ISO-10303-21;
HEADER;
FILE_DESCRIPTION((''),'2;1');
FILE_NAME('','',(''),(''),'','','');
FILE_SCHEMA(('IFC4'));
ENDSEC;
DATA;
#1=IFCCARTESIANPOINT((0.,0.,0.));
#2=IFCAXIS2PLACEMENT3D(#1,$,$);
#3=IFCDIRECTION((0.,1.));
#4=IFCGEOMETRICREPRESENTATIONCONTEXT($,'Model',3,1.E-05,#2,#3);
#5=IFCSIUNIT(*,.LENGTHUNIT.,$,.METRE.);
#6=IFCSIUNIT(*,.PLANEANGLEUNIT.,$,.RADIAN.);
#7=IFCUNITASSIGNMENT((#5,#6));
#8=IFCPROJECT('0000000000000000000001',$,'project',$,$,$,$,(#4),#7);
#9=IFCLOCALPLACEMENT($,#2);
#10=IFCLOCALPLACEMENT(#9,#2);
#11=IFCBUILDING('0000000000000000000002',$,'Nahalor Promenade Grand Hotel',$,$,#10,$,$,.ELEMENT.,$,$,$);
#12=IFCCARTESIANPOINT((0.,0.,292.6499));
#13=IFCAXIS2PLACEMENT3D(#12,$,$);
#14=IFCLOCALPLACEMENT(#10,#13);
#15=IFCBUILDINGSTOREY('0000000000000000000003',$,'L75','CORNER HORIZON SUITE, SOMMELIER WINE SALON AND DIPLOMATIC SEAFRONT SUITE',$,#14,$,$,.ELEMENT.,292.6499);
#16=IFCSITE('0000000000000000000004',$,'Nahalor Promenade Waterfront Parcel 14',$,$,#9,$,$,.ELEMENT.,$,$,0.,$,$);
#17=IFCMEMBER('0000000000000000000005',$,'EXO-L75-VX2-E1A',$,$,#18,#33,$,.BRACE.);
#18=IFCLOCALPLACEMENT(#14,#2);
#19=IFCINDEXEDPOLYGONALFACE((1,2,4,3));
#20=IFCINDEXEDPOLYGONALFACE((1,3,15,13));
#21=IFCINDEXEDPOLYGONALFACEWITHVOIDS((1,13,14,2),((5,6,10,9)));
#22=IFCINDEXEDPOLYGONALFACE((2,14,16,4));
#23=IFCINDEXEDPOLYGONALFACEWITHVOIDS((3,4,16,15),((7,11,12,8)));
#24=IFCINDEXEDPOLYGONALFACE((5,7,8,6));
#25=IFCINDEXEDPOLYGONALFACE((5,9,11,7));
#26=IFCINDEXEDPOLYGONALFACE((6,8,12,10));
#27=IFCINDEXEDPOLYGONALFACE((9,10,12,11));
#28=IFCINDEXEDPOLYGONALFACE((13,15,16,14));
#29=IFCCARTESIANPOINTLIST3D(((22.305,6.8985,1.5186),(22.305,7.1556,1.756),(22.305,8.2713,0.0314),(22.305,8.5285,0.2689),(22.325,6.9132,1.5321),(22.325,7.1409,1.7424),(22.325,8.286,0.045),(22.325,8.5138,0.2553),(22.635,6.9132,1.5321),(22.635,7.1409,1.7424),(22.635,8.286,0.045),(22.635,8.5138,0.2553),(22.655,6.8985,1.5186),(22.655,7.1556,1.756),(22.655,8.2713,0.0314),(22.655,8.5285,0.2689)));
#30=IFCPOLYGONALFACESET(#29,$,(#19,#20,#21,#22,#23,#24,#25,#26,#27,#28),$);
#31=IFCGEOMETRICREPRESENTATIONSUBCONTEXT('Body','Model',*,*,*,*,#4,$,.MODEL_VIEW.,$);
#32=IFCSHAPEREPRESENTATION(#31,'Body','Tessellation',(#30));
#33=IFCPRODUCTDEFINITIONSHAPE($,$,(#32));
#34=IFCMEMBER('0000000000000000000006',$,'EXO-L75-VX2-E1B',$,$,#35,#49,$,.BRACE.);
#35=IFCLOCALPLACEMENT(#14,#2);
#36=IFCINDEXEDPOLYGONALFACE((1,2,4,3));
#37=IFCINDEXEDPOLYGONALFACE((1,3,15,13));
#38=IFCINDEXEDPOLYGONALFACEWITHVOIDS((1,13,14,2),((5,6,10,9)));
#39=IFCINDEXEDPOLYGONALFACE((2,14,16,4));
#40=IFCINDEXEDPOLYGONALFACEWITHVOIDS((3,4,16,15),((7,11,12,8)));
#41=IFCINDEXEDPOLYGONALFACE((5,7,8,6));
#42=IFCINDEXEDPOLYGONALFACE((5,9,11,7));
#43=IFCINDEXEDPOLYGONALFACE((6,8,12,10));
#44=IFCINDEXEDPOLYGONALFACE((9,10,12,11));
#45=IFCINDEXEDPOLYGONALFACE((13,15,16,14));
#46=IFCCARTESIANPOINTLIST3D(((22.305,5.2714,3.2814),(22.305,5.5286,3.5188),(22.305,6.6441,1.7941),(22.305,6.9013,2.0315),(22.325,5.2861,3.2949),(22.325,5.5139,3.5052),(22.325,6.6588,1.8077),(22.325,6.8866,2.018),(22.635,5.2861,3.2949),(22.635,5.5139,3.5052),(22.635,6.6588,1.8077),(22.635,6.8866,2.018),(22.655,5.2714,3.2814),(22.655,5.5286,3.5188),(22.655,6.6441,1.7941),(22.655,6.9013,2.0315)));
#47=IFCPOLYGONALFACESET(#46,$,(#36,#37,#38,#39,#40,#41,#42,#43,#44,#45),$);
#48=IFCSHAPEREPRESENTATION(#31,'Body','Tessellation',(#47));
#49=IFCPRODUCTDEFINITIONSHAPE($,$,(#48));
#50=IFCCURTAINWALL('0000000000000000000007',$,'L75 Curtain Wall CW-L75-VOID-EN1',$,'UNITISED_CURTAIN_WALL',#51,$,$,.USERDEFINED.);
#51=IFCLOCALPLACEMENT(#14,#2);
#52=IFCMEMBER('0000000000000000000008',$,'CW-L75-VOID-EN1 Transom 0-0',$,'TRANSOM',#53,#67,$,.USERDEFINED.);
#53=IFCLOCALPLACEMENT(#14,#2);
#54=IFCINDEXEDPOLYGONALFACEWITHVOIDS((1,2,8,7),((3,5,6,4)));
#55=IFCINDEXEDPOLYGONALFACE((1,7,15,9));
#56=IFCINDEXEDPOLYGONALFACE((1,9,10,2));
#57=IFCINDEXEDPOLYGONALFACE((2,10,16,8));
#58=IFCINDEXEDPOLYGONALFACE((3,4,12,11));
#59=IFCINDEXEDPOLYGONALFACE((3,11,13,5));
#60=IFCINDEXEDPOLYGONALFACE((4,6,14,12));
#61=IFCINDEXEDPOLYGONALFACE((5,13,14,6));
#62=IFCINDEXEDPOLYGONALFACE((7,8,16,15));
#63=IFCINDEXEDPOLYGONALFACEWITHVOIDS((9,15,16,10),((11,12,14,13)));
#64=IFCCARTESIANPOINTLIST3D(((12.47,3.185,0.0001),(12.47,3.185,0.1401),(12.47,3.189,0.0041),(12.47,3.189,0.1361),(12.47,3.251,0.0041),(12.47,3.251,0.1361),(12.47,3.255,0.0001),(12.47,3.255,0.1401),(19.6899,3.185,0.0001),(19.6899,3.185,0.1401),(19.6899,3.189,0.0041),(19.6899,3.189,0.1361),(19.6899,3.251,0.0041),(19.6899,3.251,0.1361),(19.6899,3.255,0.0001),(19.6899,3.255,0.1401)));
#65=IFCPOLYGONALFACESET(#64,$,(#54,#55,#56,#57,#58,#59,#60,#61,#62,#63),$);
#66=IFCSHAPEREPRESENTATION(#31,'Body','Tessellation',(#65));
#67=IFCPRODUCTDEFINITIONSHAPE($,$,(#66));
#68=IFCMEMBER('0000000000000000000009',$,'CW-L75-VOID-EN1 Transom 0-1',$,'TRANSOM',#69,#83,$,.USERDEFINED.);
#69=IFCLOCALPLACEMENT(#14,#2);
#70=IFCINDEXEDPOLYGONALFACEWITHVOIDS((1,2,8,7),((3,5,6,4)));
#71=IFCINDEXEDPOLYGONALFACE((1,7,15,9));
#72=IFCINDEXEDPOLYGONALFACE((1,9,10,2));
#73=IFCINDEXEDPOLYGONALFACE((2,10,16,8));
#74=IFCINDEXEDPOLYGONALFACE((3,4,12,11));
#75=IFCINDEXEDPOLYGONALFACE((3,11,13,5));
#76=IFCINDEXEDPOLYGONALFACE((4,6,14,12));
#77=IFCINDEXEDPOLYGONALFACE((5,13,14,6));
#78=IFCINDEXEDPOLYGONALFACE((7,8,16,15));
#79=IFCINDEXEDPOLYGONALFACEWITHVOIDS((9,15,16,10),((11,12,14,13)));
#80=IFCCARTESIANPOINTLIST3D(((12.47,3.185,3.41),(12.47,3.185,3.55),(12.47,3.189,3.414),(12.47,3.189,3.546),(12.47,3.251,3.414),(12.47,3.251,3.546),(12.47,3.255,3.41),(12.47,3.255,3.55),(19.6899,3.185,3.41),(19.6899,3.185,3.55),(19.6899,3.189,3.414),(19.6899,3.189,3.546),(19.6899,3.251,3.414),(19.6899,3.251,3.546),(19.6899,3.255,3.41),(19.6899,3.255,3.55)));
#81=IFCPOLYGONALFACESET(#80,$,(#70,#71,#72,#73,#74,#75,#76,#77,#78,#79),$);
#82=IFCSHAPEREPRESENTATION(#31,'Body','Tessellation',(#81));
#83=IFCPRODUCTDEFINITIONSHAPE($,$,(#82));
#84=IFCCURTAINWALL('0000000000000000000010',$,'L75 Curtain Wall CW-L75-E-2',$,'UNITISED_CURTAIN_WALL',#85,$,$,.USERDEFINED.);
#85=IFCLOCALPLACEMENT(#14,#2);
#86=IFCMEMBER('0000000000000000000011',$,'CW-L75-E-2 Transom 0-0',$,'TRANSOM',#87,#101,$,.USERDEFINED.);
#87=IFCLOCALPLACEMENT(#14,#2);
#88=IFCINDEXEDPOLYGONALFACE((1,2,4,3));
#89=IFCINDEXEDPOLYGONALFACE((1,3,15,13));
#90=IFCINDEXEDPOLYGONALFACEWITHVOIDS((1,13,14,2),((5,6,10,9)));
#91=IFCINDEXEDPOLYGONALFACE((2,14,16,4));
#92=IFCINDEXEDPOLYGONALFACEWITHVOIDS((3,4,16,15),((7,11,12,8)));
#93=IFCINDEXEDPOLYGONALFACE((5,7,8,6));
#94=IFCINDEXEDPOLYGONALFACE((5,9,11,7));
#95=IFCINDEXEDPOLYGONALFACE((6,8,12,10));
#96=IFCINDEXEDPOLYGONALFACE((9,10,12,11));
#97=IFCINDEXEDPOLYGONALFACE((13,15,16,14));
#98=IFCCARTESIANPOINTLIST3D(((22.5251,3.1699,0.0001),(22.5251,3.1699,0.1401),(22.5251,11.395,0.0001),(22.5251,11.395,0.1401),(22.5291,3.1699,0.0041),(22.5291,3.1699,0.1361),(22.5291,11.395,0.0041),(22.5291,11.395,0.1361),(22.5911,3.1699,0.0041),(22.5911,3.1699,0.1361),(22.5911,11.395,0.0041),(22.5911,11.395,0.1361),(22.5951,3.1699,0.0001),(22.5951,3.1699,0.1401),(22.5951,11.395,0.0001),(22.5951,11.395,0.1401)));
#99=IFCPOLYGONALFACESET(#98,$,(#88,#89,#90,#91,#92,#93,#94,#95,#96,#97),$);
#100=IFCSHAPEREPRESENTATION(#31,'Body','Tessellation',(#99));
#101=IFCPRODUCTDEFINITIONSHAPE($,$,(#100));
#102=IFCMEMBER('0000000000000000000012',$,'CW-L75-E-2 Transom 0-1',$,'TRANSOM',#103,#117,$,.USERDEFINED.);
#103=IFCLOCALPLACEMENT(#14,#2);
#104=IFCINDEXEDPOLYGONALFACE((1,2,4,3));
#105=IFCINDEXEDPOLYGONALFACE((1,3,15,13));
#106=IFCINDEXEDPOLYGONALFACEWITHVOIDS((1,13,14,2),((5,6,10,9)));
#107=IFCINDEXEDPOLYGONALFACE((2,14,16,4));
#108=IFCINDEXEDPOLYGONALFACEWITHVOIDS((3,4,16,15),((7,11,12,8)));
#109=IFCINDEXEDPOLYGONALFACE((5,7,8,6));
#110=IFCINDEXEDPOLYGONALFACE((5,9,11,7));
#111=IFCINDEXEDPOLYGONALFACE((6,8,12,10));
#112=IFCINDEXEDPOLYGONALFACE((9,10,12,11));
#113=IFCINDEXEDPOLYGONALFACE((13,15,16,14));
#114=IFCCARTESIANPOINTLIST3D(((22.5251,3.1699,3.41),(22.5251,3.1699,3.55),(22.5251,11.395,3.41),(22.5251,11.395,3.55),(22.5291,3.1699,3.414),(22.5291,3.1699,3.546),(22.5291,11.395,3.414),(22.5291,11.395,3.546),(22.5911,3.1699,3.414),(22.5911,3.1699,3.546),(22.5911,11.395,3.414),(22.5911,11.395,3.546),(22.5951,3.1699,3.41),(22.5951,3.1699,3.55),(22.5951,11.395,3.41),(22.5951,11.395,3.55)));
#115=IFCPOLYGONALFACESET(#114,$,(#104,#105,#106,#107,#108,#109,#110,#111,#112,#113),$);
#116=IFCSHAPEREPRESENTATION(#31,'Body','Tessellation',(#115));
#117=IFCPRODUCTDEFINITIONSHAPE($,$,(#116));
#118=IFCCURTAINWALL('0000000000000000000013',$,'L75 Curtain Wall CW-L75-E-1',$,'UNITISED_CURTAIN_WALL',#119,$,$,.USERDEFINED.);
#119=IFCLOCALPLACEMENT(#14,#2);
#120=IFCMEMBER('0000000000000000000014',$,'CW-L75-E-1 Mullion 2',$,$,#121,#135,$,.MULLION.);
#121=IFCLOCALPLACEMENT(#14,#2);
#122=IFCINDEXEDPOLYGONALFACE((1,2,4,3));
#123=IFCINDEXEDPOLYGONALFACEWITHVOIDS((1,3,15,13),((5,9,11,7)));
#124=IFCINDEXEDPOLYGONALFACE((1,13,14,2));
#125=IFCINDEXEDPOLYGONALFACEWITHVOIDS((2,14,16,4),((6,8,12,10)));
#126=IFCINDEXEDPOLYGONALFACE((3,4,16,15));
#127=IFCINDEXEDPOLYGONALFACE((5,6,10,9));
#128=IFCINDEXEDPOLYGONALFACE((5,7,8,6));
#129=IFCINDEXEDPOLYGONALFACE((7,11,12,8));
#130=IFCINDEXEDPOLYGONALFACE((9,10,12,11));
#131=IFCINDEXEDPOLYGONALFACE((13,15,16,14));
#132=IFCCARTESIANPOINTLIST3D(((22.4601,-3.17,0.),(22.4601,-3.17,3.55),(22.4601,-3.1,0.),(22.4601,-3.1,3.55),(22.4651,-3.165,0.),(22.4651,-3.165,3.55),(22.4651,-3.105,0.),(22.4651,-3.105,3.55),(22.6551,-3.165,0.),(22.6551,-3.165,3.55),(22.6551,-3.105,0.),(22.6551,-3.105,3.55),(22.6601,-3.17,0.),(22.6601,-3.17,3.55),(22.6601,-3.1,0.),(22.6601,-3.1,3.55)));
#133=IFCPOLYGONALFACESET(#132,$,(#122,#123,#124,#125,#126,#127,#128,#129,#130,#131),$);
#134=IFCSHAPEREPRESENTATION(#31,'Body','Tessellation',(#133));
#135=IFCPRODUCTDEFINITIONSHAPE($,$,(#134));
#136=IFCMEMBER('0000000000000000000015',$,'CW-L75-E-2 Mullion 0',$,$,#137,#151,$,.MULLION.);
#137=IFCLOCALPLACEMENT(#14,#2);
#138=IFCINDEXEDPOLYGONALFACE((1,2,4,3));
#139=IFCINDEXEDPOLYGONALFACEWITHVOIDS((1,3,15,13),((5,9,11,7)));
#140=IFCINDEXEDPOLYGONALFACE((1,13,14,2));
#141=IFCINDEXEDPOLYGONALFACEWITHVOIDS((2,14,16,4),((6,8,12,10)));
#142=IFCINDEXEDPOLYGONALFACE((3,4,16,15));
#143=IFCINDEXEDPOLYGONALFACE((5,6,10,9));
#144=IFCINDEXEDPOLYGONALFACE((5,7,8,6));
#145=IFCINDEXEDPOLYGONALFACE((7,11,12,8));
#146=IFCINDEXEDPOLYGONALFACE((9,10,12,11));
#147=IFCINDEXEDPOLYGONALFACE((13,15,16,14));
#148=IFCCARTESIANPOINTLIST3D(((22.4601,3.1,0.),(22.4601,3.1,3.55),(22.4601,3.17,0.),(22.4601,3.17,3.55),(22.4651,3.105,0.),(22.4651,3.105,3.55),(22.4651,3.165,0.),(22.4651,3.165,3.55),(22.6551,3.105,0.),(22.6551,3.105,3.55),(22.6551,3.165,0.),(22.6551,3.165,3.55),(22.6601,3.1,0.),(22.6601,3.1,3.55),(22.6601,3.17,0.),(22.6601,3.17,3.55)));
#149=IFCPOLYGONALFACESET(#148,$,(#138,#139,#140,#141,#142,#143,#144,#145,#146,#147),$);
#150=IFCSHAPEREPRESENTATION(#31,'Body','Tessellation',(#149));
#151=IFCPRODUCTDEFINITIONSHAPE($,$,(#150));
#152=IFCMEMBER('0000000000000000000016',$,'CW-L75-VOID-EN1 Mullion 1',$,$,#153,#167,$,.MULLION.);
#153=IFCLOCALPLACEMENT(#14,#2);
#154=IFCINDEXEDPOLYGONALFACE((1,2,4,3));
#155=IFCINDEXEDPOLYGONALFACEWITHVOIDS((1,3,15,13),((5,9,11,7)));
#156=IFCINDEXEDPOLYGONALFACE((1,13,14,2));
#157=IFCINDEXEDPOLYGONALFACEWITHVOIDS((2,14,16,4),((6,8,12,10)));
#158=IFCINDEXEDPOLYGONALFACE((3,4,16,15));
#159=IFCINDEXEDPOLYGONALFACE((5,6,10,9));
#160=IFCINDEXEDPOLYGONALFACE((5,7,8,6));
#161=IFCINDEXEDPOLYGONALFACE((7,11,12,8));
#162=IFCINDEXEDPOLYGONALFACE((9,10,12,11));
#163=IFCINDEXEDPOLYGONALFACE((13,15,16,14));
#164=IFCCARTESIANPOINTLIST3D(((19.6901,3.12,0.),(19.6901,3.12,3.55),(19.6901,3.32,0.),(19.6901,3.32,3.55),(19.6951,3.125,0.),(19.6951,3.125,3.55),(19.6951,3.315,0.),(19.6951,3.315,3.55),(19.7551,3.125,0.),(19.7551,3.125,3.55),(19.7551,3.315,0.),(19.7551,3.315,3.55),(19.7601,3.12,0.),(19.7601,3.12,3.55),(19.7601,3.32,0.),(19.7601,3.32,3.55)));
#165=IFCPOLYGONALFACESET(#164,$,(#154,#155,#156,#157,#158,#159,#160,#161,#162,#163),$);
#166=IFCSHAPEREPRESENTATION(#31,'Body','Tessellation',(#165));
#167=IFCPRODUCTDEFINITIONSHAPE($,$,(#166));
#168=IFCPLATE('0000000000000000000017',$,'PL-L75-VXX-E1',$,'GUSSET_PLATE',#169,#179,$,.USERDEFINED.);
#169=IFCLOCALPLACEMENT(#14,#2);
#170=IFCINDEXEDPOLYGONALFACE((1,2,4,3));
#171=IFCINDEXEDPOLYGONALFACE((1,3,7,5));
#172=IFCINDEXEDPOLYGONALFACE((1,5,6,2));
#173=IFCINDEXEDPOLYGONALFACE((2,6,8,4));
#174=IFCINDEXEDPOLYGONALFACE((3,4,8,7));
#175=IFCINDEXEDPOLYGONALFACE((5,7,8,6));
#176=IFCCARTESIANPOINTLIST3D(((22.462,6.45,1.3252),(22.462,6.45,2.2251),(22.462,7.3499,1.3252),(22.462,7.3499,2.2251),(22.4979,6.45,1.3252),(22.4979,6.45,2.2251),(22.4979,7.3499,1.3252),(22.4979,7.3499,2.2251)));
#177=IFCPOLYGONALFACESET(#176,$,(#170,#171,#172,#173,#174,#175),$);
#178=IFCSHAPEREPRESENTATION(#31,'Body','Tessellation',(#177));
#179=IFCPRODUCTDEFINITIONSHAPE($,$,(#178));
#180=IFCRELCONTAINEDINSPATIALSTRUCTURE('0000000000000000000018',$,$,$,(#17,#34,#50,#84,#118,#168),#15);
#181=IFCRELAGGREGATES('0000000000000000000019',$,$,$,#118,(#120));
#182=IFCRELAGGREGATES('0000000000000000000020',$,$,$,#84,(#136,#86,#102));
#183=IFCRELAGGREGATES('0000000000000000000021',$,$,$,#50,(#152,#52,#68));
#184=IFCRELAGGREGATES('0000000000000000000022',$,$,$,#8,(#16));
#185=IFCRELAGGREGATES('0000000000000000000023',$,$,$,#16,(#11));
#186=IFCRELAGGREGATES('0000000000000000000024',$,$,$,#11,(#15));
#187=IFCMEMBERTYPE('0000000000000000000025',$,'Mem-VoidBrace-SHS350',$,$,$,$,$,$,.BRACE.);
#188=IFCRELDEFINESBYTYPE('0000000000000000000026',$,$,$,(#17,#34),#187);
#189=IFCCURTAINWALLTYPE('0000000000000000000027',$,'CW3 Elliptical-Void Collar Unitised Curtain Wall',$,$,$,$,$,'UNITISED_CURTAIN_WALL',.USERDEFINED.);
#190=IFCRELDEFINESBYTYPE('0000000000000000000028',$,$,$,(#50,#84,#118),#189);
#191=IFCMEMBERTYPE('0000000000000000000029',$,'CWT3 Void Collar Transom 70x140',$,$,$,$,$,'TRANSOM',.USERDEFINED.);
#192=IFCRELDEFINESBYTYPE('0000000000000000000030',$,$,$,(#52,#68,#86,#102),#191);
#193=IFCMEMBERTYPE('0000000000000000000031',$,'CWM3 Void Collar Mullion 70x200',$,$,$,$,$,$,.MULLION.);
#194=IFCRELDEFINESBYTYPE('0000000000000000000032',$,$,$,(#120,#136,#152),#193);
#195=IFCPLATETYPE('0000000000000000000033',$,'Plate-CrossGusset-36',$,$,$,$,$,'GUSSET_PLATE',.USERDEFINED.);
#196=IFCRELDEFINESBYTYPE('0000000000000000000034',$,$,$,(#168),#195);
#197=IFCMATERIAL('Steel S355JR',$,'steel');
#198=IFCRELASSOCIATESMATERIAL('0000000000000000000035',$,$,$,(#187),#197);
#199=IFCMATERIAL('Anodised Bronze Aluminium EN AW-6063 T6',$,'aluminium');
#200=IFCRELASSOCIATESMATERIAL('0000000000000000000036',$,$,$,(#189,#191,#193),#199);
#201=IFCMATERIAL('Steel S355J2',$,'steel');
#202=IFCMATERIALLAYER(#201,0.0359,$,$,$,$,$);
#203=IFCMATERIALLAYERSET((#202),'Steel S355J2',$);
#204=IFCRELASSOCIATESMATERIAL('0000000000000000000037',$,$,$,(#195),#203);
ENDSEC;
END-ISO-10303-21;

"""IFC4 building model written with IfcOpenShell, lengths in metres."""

from ifc_helpers import new_model, si_unit, direction, frame, origin, origin_2d, place, context, subcontext, project, spatial, rectangle, hollow_rectangle, extrude, source, transform, mapped, material, layer, layer_set, material_profile, profile_set, type_object, element, aggregate, save


model = new_model("IFC4")

# Units and contexts
model_context = context("Model", 3, precision=1e-05, world=origin(), true_north=direction((0.0, 1.0)))
body_context = subcontext(model_context, "Body", "Model", "MODEL_VIEW")
ifc_project = project(units=[si_unit("LENGTHUNIT", "METRE"), si_unit("PLANEANGLEUNIT", "RADIAN")], contexts=[model_context])

# Site, building, storey
site_placement = place(None, origin())
site = spatial("IfcSite", under=ifc_project, at=site_placement, Name="Nahalor Promenade Waterfront Parcel 14", CompositionType="ELEMENT", RefElevation=0.0)
building_placement = place(site_placement, origin())
building = spatial("IfcBuilding", under=site, at=building_placement, Name="Nahalor Promenade Grand Hotel", CompositionType="ELEMENT")
storey_placement = place(building_placement, frame((0.0, 0.0, 292.6499)))
storey = spatial("IfcBuildingStorey", under=building, at=storey_placement, Name="L75", Description="CORNER HORIZON SUITE, SOMMELIER WINE SALON AND DIPLOMATIC SEAFRONT SUITE", CompositionType="ELEMENT", Elevation=292.6499)

# Shared definitions
ifc_material_1 = material(Name="Steel S355JR", Category="steel")

# Members
ifc_material_profile_1 = material_profile(ifc_material_1, hollow_rectangle(XDim=0.35, YDim=0.35, WallThickness=0.02, at=origin_2d()), Name="SHS 350x350x20")
ifc_profile_set_1 = profile_set([ifc_material_profile_1], Name="Steel S355JR")
member_type_1 = type_object("IfcMemberType", Name="Mem-VoidBrace-SHS350", PredefinedType="BRACE", material=ifc_profile_set_1)
shared_shape_1 = source(origin(), body_context, "Body", "SweptSolid", [
    extrude(hollow_rectangle(XDim=0.35, YDim=0.35, WallThickness=0.02, at=origin_2d()), origin(), (0.0, 0.0, 1.0), 2.0239),
])
for number, where, z_axis, x_axis, name in (
    (1, (22.48, 8.3999, 0.1501), (0.0, -0.678315, 0.734771), (1.0, 0.0, 0.0), "EXO-L75-VX2-E1A"),
    (2, (22.48, 6.7727, 1.9128), (0.0, -0.678255, 0.734827), (1.0, 0.0, 0.0), "EXO-L75-VX2-E1B"),
):
    element("IfcMember", number, at=place(storey_placement, frame(where, z_axis=z_axis, x_axis=x_axis)), inside=storey, type_object=member_type_1, Name=name, PredefinedType="BRACE", context=body_context, shape_type="MappedRepresentation", body=[
        mapped(shared_shape_1, transform((0.0, 0.0, 0.0), scale=1.0)),
    ])

# Curtain walls, members
ifc_material_2 = material(Name="Anodised Bronze Aluminium EN AW-6063 T6", Category="aluminium")
curtain_wall_type = type_object("IfcCurtainWallType", Name="CW3 Elliptical-Void Collar Unitised Curtain Wall", ElementType="UNITISED_CURTAIN_WALL", PredefinedType="USERDEFINED", material=ifc_material_2)
curtain_wall_1_placement = place(storey_placement, origin())
curtain_wall_1 = element("IfcCurtainWall", 3, at=curtain_wall_1_placement, inside=storey, type_object=curtain_wall_type, Name="L75 Curtain Wall CW-L75-VOID-EN1", ObjectType="UNITISED_CURTAIN_WALL", PredefinedType="USERDEFINED")
ifc_material_profile_2 = material_profile(ifc_material_2, hollow_rectangle(XDim=0.07, YDim=0.14, WallThickness=0.004, at=origin_2d()), Name="CWT 70x140x4")
ifc_profile_set_2 = profile_set([ifc_material_profile_2], Name="Anodised Bronze Aluminium EN AW-6063 T6")
member_type_2 = type_object("IfcMemberType", Name="CWT3 Void Collar Transom 70x140", ElementType="TRANSOM", PredefinedType="USERDEFINED", material=ifc_profile_set_2)
shared_shape_2 = source(origin(), body_context, "Body", "SweptSolid", [
    extrude(hollow_rectangle(XDim=0.07, YDim=0.14, WallThickness=0.004, at=origin_2d()), origin(), (0.0, 0.0, 1.0), 7.22),
])
member_1_placement = place(storey_placement, frame((12.47, 3.22, 0.0701), z_axis=(1.0, 0.0, 0.0), x_axis=(0.0, 1.0, 0.0)))
member_1 = element("IfcMember", 4, at=member_1_placement, type_object=member_type_2, Name="CW-L75-VOID-EN1 Transom 0-0", ObjectType="TRANSOM", PredefinedType="USERDEFINED", context=body_context, shape_type="MappedRepresentation", body=[
    mapped(shared_shape_2, transform((0.0, 0.0, 0.0), scale=1.0)),
])
member_2_placement = place(storey_placement, frame((12.47, 3.22, 3.48), z_axis=(1.0, 0.0, 0.0), x_axis=(0.0, 1.0, 0.0)))
member_2 = element("IfcMember", 5, at=member_2_placement, type_object=member_type_2, Name="CW-L75-VOID-EN1 Transom 0-1", ObjectType="TRANSOM", PredefinedType="USERDEFINED", context=body_context, shape_type="MappedRepresentation", body=[
    mapped(shared_shape_2, transform((0.0, 0.0, 0.0), scale=1.0)),
])
curtain_wall_2_placement = place(storey_placement, origin())
curtain_wall_2 = element("IfcCurtainWall", 6, at=curtain_wall_2_placement, inside=storey, type_object=curtain_wall_type, Name="L75 Curtain Wall CW-L75-E-2", ObjectType="UNITISED_CURTAIN_WALL", PredefinedType="USERDEFINED")
shared_shape_3 = source(origin(), body_context, "Body", "SweptSolid", [
    extrude(hollow_rectangle(XDim=0.07, YDim=0.14, WallThickness=0.004, at=origin_2d()), origin(), (0.0, 0.0, 1.0), 8.2251),
])
member_3_placement = place(storey_placement, frame((22.5601, 3.1699, 0.0701), z_axis=(0.0, 1.0, 0.0), x_axis=(-1.0, 0.0, 0.0)))
member_3 = element("IfcMember", 7, at=member_3_placement, type_object=member_type_2, Name="CW-L75-E-2 Transom 0-0", ObjectType="TRANSOM", PredefinedType="USERDEFINED", context=body_context, shape_type="MappedRepresentation", body=[
    mapped(shared_shape_3, transform((0.0, 0.0, 0.0), scale=1.0)),
])
member_4_placement = place(storey_placement, frame((22.5601, 3.1699, 3.48), z_axis=(0.0, 1.0, 0.0), x_axis=(-1.0, 0.0, 0.0)))
member_4 = element("IfcMember", 8, at=member_4_placement, type_object=member_type_2, Name="CW-L75-E-2 Transom 0-1", ObjectType="TRANSOM", PredefinedType="USERDEFINED", context=body_context, shape_type="MappedRepresentation", body=[
    mapped(shared_shape_3, transform((0.0, 0.0, 0.0), scale=1.0)),
])

# Curtain wall, member
curtain_wall_3_placement = place(storey_placement, origin())
curtain_wall_3 = element("IfcCurtainWall", 9, at=curtain_wall_3_placement, inside=storey, type_object=curtain_wall_type, Name="L75 Curtain Wall CW-L75-E-1", ObjectType="UNITISED_CURTAIN_WALL", PredefinedType="USERDEFINED")
ifc_material_profile_3 = material_profile(ifc_material_2, hollow_rectangle(XDim=0.07, YDim=0.2, WallThickness=0.005, at=origin_2d()), Name="CWM 70x200x5")
ifc_profile_set_3 = profile_set([ifc_material_profile_3], Name="Anodised Bronze Aluminium EN AW-6063 T6")
member_type_3 = type_object("IfcMemberType", Name="CWM3 Void Collar Mullion 70x200", PredefinedType="MULLION", material=ifc_profile_set_3)
shared_shape_4 = source(origin(), body_context, "Body", "SweptSolid", [
    extrude(hollow_rectangle(XDim=0.07, YDim=0.2, WallThickness=0.005, at=origin_2d()), origin(), (0.0, 0.0, 1.0), 3.55),
])
member_5_placement = place(storey_placement, frame((22.5601, -3.135, 0.0), z_axis=(0.0, 0.0, 1.0), x_axis=(0.0, 1.0, 0.0)))
member_5 = element("IfcMember", 10, at=member_5_placement, type_object=member_type_3, Name="CW-L75-E-1 Mullion 2", PredefinedType="MULLION", context=body_context, shape_type="MappedRepresentation", body=[
    mapped(shared_shape_4, transform((0.0, 0.0, 0.0), scale=1.0)),
])
aggregate(curtain_wall_3, [member_5])

# Members
member_6_placement = place(storey_placement, frame((22.5601, 3.135, 0.0), z_axis=(0.0, 0.0, 1.0), x_axis=(0.0, 1.0, 0.0)))
member_6 = element("IfcMember", 11, at=member_6_placement, type_object=member_type_3, Name="CW-L75-E-2 Mullion 0", PredefinedType="MULLION", context=body_context, shape_type="MappedRepresentation", body=[
    mapped(shared_shape_4, transform((0.0, 0.0, 0.0), scale=1.0)),
])
member_7_placement = place(storey_placement, frame((19.7251, 3.22, 0.0), z_axis=(0.0, 0.0, 1.0), x_axis=(1.0, 0.0, 0.0)))
member_7 = element("IfcMember", 12, at=member_7_placement, type_object=member_type_3, Name="CW-L75-VOID-EN1 Mullion 1", PredefinedType="MULLION", context=body_context, shape_type="MappedRepresentation", body=[
    mapped(shared_shape_4, transform((0.0, 0.0, 0.0), scale=1.0)),
])

# Plate
aggregate(curtain_wall_2, [member_6, member_3, member_4])
ifc_material_3 = material(Name="Steel S355J2", Category="steel")
ifc_layer_1 = layer(ifc_material_3, 0.0359)
ifc_layer_set_1 = layer_set([ifc_layer_1], Name="Steel S355J2")
plate_type_1 = type_object("IfcPlateType", Name="Plate-CrossGusset-36", ElementType="GUSSET_PLATE", PredefinedType="USERDEFINED", material=ifc_layer_set_1)
shared_shape_5 = source(origin(), body_context, "Body", "SweptSolid", [
    extrude(rectangle(XDim=0.8999, YDim=0.0359, at=origin_2d()), origin(), (0.0, 0.0, 1.0), 0.8999),
])
plate_1_placement = place(storey_placement, frame((22.48, 6.8999, 1.3252), z_axis=(0.0, 0.0, 1.0), x_axis=(0.0, 1.0, 0.0)))
element("IfcPlate", 13, at=plate_1_placement, inside=storey, type_object=plate_type_1, Name="PL-L75-VXX-E1", ObjectType="GUSSET_PLATE", PredefinedType="USERDEFINED", context=body_context, shape_type="MappedRepresentation", body=[
    mapped(shared_shape_5, transform((0.0, 0.0, 0.0), scale=1.0)),
])
aggregate(curtain_wall_1, [member_7, member_1, member_2])

save(model, "model.ifc")
